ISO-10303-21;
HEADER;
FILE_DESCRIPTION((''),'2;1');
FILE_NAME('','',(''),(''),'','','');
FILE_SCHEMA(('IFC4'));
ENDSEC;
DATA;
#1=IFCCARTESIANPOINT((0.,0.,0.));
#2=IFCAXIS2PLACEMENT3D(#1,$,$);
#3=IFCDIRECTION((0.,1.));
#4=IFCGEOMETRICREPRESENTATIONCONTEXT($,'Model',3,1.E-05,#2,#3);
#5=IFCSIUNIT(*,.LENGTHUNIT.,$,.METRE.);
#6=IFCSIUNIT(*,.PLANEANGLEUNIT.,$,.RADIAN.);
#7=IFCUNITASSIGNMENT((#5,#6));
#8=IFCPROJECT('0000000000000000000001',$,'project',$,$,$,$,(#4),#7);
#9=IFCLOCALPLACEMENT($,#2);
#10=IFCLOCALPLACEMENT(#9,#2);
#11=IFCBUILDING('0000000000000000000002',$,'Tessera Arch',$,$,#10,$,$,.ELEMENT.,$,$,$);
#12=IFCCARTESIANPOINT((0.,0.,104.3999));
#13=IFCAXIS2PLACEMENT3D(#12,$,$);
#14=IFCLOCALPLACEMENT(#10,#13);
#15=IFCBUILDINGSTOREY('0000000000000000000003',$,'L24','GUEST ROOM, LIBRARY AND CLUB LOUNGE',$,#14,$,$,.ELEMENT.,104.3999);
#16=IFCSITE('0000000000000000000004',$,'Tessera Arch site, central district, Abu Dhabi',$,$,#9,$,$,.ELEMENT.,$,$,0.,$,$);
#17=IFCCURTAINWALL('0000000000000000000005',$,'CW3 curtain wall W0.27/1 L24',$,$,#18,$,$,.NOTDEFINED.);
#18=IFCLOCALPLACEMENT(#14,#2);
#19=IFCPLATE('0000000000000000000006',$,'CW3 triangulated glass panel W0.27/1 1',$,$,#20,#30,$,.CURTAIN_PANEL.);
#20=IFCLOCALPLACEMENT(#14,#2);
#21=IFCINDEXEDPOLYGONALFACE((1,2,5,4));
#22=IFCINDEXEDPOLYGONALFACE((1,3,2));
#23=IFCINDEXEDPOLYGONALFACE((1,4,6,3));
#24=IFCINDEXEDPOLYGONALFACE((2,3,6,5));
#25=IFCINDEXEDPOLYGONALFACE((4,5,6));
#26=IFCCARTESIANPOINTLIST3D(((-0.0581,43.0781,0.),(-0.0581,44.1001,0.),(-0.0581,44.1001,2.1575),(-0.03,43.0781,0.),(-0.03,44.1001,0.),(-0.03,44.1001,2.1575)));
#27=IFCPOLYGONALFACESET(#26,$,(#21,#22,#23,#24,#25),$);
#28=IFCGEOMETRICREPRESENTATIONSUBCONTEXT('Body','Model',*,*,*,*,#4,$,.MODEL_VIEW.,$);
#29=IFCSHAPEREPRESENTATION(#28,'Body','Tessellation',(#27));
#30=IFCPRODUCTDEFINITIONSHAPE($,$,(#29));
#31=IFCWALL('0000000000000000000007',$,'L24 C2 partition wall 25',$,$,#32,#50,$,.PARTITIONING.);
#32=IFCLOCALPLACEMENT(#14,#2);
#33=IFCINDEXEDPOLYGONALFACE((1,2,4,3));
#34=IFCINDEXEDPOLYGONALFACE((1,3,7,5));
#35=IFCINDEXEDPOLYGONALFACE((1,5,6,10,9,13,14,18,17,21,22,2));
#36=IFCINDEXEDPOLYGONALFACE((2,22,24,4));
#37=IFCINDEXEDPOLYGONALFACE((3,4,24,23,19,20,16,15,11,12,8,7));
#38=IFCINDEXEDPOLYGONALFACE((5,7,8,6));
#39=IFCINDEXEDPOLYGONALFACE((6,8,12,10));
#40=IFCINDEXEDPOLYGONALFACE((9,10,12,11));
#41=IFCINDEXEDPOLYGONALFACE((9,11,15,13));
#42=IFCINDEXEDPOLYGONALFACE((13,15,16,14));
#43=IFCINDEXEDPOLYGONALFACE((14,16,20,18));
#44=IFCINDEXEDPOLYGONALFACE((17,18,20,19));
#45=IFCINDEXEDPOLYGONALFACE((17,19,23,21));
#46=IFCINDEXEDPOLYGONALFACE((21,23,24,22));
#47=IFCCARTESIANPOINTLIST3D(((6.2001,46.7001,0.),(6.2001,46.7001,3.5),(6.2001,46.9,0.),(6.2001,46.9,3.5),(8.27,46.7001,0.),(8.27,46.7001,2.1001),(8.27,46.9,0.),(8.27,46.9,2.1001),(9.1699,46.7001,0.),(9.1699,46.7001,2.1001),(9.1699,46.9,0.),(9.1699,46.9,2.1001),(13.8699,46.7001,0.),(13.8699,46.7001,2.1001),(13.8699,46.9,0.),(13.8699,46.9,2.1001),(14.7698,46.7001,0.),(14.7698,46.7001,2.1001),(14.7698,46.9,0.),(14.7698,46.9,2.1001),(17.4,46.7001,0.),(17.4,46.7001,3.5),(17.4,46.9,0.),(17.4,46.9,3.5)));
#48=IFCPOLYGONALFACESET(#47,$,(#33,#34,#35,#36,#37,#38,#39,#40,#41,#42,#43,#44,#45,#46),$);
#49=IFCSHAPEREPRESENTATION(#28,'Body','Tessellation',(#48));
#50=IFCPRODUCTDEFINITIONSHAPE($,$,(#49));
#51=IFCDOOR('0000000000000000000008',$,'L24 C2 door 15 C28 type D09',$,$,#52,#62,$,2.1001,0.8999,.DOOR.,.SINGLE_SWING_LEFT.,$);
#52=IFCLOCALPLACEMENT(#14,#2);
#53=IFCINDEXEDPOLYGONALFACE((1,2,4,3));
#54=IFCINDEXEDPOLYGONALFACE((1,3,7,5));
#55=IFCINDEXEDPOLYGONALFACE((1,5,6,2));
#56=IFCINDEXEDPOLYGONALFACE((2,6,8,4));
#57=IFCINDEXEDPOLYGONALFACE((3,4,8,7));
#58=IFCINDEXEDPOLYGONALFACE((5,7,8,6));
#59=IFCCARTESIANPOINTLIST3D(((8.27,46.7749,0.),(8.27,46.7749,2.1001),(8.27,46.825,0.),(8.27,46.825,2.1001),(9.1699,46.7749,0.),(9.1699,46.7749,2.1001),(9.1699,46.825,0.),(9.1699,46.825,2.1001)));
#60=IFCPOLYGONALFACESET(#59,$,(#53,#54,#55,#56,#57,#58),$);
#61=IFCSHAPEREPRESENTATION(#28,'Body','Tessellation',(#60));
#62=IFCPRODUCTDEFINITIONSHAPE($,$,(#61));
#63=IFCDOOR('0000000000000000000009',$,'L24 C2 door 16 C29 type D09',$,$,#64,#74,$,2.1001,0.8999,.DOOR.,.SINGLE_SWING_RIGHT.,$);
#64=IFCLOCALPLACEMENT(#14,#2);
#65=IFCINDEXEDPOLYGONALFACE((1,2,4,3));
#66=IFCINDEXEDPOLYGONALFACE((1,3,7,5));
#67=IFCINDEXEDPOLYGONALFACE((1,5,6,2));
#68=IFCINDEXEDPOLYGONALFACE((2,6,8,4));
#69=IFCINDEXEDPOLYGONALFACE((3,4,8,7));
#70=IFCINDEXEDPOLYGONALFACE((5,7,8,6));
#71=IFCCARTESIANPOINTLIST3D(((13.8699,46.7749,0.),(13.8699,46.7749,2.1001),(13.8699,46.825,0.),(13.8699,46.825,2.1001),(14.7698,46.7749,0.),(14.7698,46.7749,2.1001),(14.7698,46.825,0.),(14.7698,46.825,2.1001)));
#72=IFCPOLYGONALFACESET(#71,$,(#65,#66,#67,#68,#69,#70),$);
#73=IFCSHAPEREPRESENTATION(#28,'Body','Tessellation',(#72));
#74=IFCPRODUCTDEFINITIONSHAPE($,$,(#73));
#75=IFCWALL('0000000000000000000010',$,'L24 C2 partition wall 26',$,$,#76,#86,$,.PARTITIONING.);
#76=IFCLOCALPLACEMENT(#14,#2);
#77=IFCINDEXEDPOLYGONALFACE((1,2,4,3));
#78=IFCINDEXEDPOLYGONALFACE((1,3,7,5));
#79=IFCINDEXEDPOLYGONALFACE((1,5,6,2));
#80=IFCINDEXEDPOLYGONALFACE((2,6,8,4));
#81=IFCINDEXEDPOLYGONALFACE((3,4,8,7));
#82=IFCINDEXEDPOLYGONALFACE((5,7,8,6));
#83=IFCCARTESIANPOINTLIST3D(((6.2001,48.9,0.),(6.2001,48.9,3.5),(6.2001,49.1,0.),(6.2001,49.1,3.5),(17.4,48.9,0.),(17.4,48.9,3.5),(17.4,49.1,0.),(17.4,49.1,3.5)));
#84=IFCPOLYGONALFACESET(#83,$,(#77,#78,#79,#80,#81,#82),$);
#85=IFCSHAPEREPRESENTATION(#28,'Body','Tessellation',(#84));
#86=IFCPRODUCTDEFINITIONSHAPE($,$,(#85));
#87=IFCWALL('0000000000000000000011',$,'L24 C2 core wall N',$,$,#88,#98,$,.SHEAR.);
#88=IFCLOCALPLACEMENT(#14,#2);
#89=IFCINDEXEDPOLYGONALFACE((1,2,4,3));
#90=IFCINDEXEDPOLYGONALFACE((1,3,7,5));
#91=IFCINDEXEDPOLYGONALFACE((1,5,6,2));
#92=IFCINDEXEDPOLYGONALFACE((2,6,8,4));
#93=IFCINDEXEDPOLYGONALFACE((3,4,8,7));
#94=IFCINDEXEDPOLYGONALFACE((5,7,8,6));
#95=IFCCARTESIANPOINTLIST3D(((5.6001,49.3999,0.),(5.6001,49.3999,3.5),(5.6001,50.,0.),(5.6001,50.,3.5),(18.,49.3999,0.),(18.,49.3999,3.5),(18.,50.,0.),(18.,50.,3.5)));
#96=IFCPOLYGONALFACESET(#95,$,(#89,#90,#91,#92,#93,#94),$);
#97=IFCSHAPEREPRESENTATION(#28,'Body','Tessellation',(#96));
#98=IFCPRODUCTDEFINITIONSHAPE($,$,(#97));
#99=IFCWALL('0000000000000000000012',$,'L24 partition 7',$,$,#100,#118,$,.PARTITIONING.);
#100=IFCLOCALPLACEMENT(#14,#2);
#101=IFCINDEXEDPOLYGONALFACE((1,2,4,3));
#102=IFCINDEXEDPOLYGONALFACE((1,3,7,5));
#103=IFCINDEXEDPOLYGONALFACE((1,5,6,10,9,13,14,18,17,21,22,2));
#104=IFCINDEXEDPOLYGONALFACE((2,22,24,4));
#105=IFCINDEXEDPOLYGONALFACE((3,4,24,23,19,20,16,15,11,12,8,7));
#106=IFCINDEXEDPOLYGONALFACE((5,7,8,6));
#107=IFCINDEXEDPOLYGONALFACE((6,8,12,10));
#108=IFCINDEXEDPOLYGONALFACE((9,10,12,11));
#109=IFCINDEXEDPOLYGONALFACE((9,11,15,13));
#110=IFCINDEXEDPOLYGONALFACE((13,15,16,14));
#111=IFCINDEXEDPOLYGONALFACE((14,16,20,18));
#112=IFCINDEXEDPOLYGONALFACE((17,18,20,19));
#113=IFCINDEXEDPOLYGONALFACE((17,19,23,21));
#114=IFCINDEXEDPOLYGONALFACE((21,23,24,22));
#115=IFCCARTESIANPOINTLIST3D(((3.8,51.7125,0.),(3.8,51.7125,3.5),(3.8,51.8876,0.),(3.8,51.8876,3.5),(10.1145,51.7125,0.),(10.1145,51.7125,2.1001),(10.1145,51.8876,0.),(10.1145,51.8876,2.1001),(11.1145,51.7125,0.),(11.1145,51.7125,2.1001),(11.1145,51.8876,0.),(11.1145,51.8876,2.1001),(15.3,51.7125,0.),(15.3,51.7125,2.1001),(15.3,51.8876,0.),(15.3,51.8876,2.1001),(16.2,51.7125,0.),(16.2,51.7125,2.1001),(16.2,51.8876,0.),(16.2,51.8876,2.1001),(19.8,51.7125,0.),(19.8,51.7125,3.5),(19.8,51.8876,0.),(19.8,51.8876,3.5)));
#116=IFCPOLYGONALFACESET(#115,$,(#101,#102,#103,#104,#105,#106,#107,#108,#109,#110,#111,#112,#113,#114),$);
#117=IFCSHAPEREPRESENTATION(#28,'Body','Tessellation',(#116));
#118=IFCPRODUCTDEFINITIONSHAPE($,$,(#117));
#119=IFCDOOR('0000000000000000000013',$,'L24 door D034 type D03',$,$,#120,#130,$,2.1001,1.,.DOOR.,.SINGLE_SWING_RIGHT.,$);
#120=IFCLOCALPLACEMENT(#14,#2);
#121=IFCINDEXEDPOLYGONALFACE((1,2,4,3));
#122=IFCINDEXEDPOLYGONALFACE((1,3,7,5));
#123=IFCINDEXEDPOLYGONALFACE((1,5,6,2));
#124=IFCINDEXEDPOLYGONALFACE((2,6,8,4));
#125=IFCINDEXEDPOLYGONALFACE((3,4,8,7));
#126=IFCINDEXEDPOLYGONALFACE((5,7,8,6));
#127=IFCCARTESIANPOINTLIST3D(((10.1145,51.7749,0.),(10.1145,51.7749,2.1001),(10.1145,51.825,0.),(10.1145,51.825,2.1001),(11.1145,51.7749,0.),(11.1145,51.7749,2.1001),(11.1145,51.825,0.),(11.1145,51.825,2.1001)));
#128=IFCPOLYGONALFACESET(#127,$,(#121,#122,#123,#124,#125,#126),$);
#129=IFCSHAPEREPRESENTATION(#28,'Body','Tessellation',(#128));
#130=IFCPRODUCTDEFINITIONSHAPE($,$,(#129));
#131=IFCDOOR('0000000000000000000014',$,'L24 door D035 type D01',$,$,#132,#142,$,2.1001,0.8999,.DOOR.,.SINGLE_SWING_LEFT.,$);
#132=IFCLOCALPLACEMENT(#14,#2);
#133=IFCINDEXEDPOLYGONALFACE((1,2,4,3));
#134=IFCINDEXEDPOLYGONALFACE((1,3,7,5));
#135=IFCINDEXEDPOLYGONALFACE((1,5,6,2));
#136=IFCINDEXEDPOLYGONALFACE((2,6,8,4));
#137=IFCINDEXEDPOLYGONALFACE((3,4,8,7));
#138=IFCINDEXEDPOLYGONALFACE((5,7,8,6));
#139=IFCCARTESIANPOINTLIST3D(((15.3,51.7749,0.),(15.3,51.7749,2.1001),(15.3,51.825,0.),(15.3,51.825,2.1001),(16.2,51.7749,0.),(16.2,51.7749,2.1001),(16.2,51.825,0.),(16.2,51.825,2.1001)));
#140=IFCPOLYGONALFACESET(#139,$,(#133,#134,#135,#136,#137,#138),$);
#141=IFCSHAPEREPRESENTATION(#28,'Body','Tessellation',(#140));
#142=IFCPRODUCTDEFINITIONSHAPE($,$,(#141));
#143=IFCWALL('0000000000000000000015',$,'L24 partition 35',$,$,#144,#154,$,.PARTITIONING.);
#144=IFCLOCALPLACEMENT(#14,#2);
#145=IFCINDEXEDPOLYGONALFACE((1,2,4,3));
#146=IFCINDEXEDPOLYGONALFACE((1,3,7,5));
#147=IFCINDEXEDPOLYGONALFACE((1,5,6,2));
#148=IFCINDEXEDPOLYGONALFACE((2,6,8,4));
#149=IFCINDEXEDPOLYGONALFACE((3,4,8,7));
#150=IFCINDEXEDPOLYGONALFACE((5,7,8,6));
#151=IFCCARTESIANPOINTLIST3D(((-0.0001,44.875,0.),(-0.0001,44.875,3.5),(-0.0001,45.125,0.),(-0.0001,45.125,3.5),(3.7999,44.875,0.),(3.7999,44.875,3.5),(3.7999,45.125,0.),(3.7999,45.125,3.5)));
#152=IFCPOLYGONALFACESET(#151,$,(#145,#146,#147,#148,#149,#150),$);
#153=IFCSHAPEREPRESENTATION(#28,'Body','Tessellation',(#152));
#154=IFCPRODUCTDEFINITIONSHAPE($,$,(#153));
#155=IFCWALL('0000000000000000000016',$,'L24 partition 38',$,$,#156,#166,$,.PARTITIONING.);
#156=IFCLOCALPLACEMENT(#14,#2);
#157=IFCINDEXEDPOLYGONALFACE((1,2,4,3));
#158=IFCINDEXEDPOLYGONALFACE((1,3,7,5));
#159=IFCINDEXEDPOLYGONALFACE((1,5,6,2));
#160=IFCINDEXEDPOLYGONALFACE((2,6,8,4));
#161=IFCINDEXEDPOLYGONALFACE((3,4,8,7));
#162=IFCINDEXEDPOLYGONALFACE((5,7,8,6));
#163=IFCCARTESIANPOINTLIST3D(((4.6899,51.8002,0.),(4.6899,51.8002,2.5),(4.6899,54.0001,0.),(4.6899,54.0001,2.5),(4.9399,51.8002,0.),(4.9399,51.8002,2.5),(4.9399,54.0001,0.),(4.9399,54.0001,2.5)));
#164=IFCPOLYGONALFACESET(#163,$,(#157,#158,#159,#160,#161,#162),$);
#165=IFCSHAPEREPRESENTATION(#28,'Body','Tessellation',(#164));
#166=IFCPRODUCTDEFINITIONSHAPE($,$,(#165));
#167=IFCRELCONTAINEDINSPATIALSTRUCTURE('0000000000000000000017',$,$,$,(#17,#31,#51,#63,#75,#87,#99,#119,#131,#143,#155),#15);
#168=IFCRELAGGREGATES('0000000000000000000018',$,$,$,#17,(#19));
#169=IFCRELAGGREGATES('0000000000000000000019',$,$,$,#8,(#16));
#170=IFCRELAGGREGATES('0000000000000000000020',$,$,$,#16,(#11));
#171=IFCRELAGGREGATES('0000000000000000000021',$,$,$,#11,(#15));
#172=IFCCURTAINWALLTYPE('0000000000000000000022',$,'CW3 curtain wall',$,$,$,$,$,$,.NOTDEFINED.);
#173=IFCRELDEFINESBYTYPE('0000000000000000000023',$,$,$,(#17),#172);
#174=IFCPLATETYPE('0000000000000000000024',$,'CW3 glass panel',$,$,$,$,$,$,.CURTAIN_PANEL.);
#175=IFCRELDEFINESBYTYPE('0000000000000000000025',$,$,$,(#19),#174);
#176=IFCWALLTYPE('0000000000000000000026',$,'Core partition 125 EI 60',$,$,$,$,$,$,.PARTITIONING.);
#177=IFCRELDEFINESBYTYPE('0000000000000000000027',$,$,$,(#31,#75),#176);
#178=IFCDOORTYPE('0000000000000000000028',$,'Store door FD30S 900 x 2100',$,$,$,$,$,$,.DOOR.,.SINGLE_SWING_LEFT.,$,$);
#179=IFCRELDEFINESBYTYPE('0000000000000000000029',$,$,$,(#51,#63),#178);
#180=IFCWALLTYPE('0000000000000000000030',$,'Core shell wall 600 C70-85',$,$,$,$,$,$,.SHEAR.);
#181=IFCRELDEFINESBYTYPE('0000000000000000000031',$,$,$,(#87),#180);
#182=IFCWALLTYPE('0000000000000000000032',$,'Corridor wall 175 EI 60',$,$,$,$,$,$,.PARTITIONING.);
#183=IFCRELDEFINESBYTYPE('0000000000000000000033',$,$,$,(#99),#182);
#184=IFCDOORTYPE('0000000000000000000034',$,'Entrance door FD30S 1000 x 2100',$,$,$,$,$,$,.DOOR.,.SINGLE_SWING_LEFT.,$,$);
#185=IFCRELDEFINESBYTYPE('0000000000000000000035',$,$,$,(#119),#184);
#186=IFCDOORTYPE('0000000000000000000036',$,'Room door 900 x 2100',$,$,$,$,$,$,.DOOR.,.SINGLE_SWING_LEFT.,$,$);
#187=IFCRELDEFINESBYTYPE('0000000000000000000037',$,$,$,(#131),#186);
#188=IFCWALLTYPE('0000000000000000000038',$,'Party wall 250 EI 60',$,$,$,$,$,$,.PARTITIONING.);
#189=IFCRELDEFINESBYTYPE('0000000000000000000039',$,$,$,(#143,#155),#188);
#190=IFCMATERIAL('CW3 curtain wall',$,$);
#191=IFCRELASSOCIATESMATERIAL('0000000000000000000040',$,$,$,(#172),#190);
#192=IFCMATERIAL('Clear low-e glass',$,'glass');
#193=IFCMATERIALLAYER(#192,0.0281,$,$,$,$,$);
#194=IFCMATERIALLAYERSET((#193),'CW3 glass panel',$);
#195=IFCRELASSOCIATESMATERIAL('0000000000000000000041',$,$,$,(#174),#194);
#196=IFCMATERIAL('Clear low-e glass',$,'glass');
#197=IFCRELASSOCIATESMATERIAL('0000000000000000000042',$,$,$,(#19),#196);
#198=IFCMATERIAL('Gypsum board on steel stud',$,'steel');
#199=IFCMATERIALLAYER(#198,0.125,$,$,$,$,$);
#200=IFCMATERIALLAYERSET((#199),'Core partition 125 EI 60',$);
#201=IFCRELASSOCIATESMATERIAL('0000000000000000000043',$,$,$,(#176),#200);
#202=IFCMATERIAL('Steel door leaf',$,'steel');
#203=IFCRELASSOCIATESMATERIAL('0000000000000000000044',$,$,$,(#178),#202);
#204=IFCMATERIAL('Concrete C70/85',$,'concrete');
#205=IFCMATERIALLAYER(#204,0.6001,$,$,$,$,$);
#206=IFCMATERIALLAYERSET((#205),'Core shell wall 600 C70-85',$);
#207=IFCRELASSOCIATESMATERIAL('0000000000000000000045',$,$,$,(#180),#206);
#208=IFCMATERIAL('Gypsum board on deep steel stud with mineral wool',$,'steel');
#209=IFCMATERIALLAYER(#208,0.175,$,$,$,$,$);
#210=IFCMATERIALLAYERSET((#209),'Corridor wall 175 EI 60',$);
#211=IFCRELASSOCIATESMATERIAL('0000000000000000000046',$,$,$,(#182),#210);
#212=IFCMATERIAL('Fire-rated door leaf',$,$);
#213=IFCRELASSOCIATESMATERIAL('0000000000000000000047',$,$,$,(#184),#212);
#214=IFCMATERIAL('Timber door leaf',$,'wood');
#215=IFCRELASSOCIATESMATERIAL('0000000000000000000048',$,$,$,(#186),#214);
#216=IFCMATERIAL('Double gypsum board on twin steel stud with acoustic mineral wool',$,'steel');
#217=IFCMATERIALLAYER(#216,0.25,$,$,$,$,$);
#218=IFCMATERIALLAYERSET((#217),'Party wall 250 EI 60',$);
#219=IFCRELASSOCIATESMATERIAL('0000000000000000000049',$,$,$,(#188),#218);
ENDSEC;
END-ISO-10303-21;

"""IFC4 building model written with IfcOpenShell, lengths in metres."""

from ifc_helpers import new_model, si_unit, direction, frame, frame_2d, origin, place, context, subcontext, project, spatial, polyline, rectangle, outline, extrude, material, layer, layer_set, type_object, element, fill, aggregate, save


model = new_model("IFC4")

# Units and contexts
model_context = context("Model", 3, precision=1e-05, world=origin(), true_north=direction((0.0, 1.0)))
body_context = subcontext(model_context, "Body", "Model", "MODEL_VIEW")
ifc_project = project(units=[si_unit("LENGTHUNIT", "METRE"), si_unit("PLANEANGLEUNIT", "RADIAN")], contexts=[model_context])

# Site, building, storey
site_placement = place(None, origin())
site = spatial("IfcSite", under=ifc_project, at=site_placement, Name="Tessera Arch site, central district, Abu Dhabi", CompositionType="ELEMENT", RefElevation=0.0)
building_placement = place(site_placement, origin())
building = spatial("IfcBuilding", under=site, at=building_placement, Name="Tessera Arch", CompositionType="ELEMENT")
storey_placement = place(building_placement, frame((0.0, 0.0, 104.3999)))
storey = spatial("IfcBuildingStorey", under=building, at=storey_placement, Name="L24", Description="GUEST ROOM, LIBRARY AND CLUB LOUNGE", CompositionType="ELEMENT", Elevation=104.3999)

# Curtain wall
ifc_material_1 = material(Name="CW3 curtain wall")
curtain_wall_type_1 = type_object("IfcCurtainWallType", Name="CW3 curtain wall", PredefinedType="NOTDEFINED", material=ifc_material_1)
curtain_wall_1_placement = place(storey_placement, origin())
curtain_wall_1 = element("IfcCurtainWall", 1, at=curtain_wall_1_placement, inside=storey, type_object=curtain_wall_type_1, Name="CW3 curtain wall W0.27/1 L24", PredefinedType="NOTDEFINED")

# Plate
ifc_material_2 = material(Name="Clear low-e glass", Category="glass")
ifc_material_3 = material(Name="Clear low-e glass", Category="glass")
ifc_layer_1 = layer(ifc_material_3, 0.0281)
ifc_layer_set_1 = layer_set([ifc_layer_1], Name="CW3 glass panel")
plate_type_1 = type_object("IfcPlateType", Name="CW3 glass panel", PredefinedType="CURTAIN_PANEL", material=ifc_layer_set_1)
plate_1_placement = place(storey_placement, frame((-0.0581, 44.1001, 0.0), z_axis=(-1.0, 0.0, 0.0), x_axis=(0.0, -1.0, 0.0)))
plate_1 = element("IfcPlate", 2, at=plate_1_placement, type_object=plate_type_1, material=ifc_material_2, Name="CW3 triangulated glass panel W0.27/1 1", PredefinedType="CURTAIN_PANEL", context=body_context, shape_type="SweptSolid", body=[
    extrude(outline(polyline([(0.0, 0.0), (1.022, 0.0), (0.0, 2.1575), (0.0, 0.0)])), origin(), (0.0, 0.0, -1.0), 0.0281),
])
aggregate(curtain_wall_1, [plate_1])

# Wall, openings, doors
ifc_material_4 = material(Name="Gypsum board on steel stud", Category="steel")
ifc_layer_2 = layer(ifc_material_4, 0.125)
ifc_layer_set_2 = layer_set([ifc_layer_2], Name="Core partition 125 EI 60")
wall_type_1 = type_object("IfcWallType", Name="Core partition 125 EI 60", PredefinedType="PARTITIONING", material=ifc_layer_set_2)
wall_1_placement = place(storey_placement, frame((6.2, 46.8, 0.0), z_axis=(0.0, 0.0, 1.0), x_axis=(1.0, 0.0, 0.0)))
wall_1 = element("IfcWall", 3, at=wall_1_placement, inside=storey, type_object=wall_type_1, Name="L24 C2 partition wall 25", PredefinedType="PARTITIONING", context=body_context, shape_type="SweptSolid", body=[
    extrude(rectangle(XDim=11.2, YDim=0.2, at=frame_2d((5.6001, 0.0))), origin(), (0.0, 0.0, 1.0), 3.5),
])
opening_1_placement = place(wall_1_placement, frame((2.0701, 0.0, 0.0)))
opening_1 = element("IfcOpeningElement", 4, at=opening_1_placement, cuts=wall_1, PredefinedType="OPENING", context=body_context, shape_type="SweptSolid", body=[
    extrude(rectangle(XDim=0.8999, YDim=2.1001, at=frame_2d((0.45, 1.05))), frame((0.0, 0.1099, 0.0), z_axis=(0.0, -1.0, 0.0), x_axis=(1.0, 0.0, 0.0)), (0.0, 0.0, 1.0), 0.22),
])
opening_2_placement = place(wall_1_placement, frame((7.6699, 0.0, 0.0)))
opening_2 = element("IfcOpeningElement", 5, at=opening_2_placement, cuts=wall_1, PredefinedType="OPENING", context=body_context, shape_type="SweptSolid", body=[
    extrude(rectangle(XDim=0.8999, YDim=2.1001, at=frame_2d((0.45, 1.05))), frame((0.0, 0.1099, 0.0), z_axis=(0.0, -1.0, 0.0), x_axis=(1.0, 0.0, 0.0)), (0.0, 0.0, 1.0), 0.22),
])
ifc_material_5 = material(Name="Steel door leaf", Category="steel")
door_type_1 = type_object("IfcDoorType", Name="Store door FD30S 900 x 2100", OperationType="SINGLE_SWING_LEFT", PredefinedType="DOOR", material=ifc_material_5)
door_1_placement = place(opening_1_placement, origin())
door_1 = element("IfcDoor", 6, at=door_1_placement, inside=storey, type_object=door_type_1, Name="L24 C2 door 15 C28 type D09", OperationType="SINGLE_SWING_LEFT", OverallHeight=2.1001, OverallWidth=0.8999, PredefinedType="DOOR", context=body_context, shape_type="SweptSolid", body=[
    extrude(rectangle(XDim=0.8999, YDim=2.1001, at=frame_2d((0.45, 1.05))), frame((0.0, 0.0249, 0.0), z_axis=(0.0, -1.0, 0.0), x_axis=(1.0, 0.0, 0.0)), (0.0, 0.0, 1.0), 0.05),
])
fill(opening_1, door_1)
door_2_placement = place(opening_2_placement, origin())
door_2 = element("IfcDoor", 7, at=door_2_placement, inside=storey, type_object=door_type_1, Name="L24 C2 door 16 C29 type D09", OperationType="SINGLE_SWING_RIGHT", OverallHeight=2.1001, OverallWidth=0.8999, PredefinedType="DOOR", context=body_context, shape_type="SweptSolid", body=[
    extrude(rectangle(XDim=0.8999, YDim=2.1001, at=frame_2d((0.45, 1.05))), frame((0.0, 0.0249, 0.0), z_axis=(0.0, -1.0, 0.0), x_axis=(1.0, 0.0, 0.0)), (0.0, 0.0, 1.0), 0.05),
])
fill(opening_2, door_2)

# Walls
wall_2_placement = place(storey_placement, frame((6.2, 49.0, 0.0), z_axis=(0.0, 0.0, 1.0), x_axis=(1.0, 0.0, 0.0)))
element("IfcWall", 8, at=wall_2_placement, inside=storey, type_object=wall_type_1, Name="L24 C2 partition wall 26", PredefinedType="PARTITIONING", context=body_context, shape_type="SweptSolid", body=[
    extrude(rectangle(XDim=11.2, YDim=0.2, at=frame_2d((5.6001, 0.0))), origin(), (0.0, 0.0, 1.0), 3.5),
])
ifc_material_6 = material(Name="Concrete C70/85", Category="concrete")
ifc_layer_3 = layer(ifc_material_6, 0.6001)
ifc_layer_set_3 = layer_set([ifc_layer_3], Name="Core shell wall 600 C70-85")
wall_type_2 = type_object("IfcWallType", Name="Core shell wall 600 C70-85", PredefinedType="SHEAR", material=ifc_layer_set_3)
wall_3_placement = place(storey_placement, frame((5.6001, 49.7, 0.0), z_axis=(0.0, 0.0, 1.0), x_axis=(1.0, 0.0, 0.0)))
element("IfcWall", 9, at=wall_3_placement, inside=storey, type_object=wall_type_2, Name="L24 C2 core wall N", PredefinedType="SHEAR", context=body_context, shape_type="SweptSolid", body=[
    extrude(rectangle(XDim=12.3999, YDim=0.6001, at=frame_2d((6.2, 0.0))), origin(), (0.0, 0.0, 1.0), 3.5),
])

# Wall, openings, doors
ifc_material_7 = material(Name="Gypsum board on deep steel stud with mineral wool", Category="steel")
ifc_layer_4 = layer(ifc_material_7, 0.175)
ifc_layer_set_4 = layer_set([ifc_layer_4], Name="Corridor wall 175 EI 60")
wall_type_3 = type_object("IfcWallType", Name="Corridor wall 175 EI 60", PredefinedType="PARTITIONING", material=ifc_layer_set_4)
wall_4_placement = place(storey_placement, frame((3.8, 51.8, 0.0), z_axis=(0.0, 0.0, 1.0), x_axis=(1.0, 0.0, 0.0)))
wall_4 = element("IfcWall", 10, at=wall_4_placement, inside=storey, type_object=wall_type_3, Name="L24 partition 7", PredefinedType="PARTITIONING", context=body_context, shape_type="SweptSolid", body=[
    extrude(rectangle(XDim=16.0, YDim=0.175, at=frame_2d((8.0, 0.0))), origin(), (0.0, 0.0, 1.0), 3.5),
])
opening_3_placement = place(wall_4_placement, frame((6.3145, 0.0, 0.0)))
opening_3 = element("IfcOpeningElement", 11, at=opening_3_placement, cuts=wall_4, PredefinedType="OPENING", context=body_context, shape_type="SweptSolid", body=[
    extrude(rectangle(XDim=1.0, YDim=2.1001, at=frame_2d((0.5, 1.05))), frame((0.0, 0.0974, 0.0), z_axis=(0.0, -1.0, 0.0), x_axis=(1.0, 0.0, 0.0)), (0.0, 0.0, 1.0), 0.1951),
])
opening_4_placement = place(wall_4_placement, frame((11.5, 0.0, 0.0)))
opening_4 = element("IfcOpeningElement", 12, at=opening_4_placement, cuts=wall_4, PredefinedType="OPENING", context=body_context, shape_type="SweptSolid", body=[
    extrude(rectangle(XDim=0.8999, YDim=2.1001, at=frame_2d((0.45, 1.05))), frame((0.0, 0.0974, 0.0), z_axis=(0.0, -1.0, 0.0), x_axis=(1.0, 0.0, 0.0)), (0.0, 0.0, 1.0), 0.1951),
])
ifc_material_8 = material(Name="Fire-rated door leaf")
door_type_2 = type_object("IfcDoorType", Name="Entrance door FD30S 1000 x 2100", OperationType="SINGLE_SWING_LEFT", PredefinedType="DOOR", material=ifc_material_8)
door_3_placement = place(opening_3_placement, origin())
door_3 = element("IfcDoor", 13, at=door_3_placement, inside=storey, type_object=door_type_2, Name="L24 door D034 type D03", OperationType="SINGLE_SWING_RIGHT", OverallHeight=2.1001, OverallWidth=1.0, PredefinedType="DOOR", context=body_context, shape_type="SweptSolid", body=[
    extrude(rectangle(XDim=1.0, YDim=2.1001, at=frame_2d((0.5, 1.05))), frame((0.0, 0.0249, 0.0), z_axis=(0.0, -1.0, 0.0), x_axis=(1.0, 0.0, 0.0)), (0.0, 0.0, 1.0), 0.05),
])
fill(opening_3, door_3)
ifc_material_9 = material(Name="Timber door leaf", Category="wood")
door_type_3 = type_object("IfcDoorType", Name="Room door 900 x 2100", OperationType="SINGLE_SWING_LEFT", PredefinedType="DOOR", material=ifc_material_9)
door_4_placement = place(opening_4_placement, origin())
door_4 = element("IfcDoor", 14, at=door_4_placement, inside=storey, type_object=door_type_3, Name="L24 door D035 type D01", OperationType="SINGLE_SWING_LEFT", OverallHeight=2.1001, OverallWidth=0.8999, PredefinedType="DOOR", context=body_context, shape_type="SweptSolid", body=[
    extrude(rectangle(XDim=0.8999, YDim=2.1001, at=frame_2d((0.45, 1.05))), frame((0.0, 0.0249, 0.0), z_axis=(0.0, -1.0, 0.0), x_axis=(1.0, 0.0, 0.0)), (0.0, 0.0, 1.0), 0.05),
])
fill(opening_4, door_4)

# Walls
ifc_material_10 = material(Name="Double gypsum board on twin steel stud with acoustic mineral wool", Category="steel")
ifc_layer_5 = layer(ifc_material_10, 0.25)
ifc_layer_set_5 = layer_set([ifc_layer_5], Name="Party wall 250 EI 60")
wall_type_4 = type_object("IfcWallType", Name="Party wall 250 EI 60", PredefinedType="PARTITIONING", material=ifc_layer_set_5)
wall_5_placement = place(storey_placement, frame((0.0, 45.0, 0.0), z_axis=(0.0, 0.0, 1.0), x_axis=(1.0, 0.0, 0.0)))
element("IfcWall", 15, at=wall_5_placement, inside=storey, type_object=wall_type_4, Name="L24 partition 35", PredefinedType="PARTITIONING", context=body_context, shape_type="SweptSolid", body=[
    extrude(rectangle(XDim=3.8, YDim=0.25, at=frame_2d((1.8999, 0.0))), origin(), (0.0, 0.0, 1.0), 3.5),
])
wall_6_placement = place(storey_placement, frame((4.8149, 51.8, 0.0), z_axis=(0.0, 0.0, 1.0), x_axis=(0.0, 1.0, 0.0)))
element("IfcWall", 16, at=wall_6_placement, inside=storey, type_object=wall_type_4, Name="L24 partition 38", PredefinedType="PARTITIONING", context=body_context, shape_type="SweptSolid", body=[
    extrude(rectangle(XDim=2.2, YDim=0.25, at=frame_2d((1.1001, 0.0))), origin(), (0.0, 0.0, 1.0), 2.5),
])

save(model, "model.ifc")
